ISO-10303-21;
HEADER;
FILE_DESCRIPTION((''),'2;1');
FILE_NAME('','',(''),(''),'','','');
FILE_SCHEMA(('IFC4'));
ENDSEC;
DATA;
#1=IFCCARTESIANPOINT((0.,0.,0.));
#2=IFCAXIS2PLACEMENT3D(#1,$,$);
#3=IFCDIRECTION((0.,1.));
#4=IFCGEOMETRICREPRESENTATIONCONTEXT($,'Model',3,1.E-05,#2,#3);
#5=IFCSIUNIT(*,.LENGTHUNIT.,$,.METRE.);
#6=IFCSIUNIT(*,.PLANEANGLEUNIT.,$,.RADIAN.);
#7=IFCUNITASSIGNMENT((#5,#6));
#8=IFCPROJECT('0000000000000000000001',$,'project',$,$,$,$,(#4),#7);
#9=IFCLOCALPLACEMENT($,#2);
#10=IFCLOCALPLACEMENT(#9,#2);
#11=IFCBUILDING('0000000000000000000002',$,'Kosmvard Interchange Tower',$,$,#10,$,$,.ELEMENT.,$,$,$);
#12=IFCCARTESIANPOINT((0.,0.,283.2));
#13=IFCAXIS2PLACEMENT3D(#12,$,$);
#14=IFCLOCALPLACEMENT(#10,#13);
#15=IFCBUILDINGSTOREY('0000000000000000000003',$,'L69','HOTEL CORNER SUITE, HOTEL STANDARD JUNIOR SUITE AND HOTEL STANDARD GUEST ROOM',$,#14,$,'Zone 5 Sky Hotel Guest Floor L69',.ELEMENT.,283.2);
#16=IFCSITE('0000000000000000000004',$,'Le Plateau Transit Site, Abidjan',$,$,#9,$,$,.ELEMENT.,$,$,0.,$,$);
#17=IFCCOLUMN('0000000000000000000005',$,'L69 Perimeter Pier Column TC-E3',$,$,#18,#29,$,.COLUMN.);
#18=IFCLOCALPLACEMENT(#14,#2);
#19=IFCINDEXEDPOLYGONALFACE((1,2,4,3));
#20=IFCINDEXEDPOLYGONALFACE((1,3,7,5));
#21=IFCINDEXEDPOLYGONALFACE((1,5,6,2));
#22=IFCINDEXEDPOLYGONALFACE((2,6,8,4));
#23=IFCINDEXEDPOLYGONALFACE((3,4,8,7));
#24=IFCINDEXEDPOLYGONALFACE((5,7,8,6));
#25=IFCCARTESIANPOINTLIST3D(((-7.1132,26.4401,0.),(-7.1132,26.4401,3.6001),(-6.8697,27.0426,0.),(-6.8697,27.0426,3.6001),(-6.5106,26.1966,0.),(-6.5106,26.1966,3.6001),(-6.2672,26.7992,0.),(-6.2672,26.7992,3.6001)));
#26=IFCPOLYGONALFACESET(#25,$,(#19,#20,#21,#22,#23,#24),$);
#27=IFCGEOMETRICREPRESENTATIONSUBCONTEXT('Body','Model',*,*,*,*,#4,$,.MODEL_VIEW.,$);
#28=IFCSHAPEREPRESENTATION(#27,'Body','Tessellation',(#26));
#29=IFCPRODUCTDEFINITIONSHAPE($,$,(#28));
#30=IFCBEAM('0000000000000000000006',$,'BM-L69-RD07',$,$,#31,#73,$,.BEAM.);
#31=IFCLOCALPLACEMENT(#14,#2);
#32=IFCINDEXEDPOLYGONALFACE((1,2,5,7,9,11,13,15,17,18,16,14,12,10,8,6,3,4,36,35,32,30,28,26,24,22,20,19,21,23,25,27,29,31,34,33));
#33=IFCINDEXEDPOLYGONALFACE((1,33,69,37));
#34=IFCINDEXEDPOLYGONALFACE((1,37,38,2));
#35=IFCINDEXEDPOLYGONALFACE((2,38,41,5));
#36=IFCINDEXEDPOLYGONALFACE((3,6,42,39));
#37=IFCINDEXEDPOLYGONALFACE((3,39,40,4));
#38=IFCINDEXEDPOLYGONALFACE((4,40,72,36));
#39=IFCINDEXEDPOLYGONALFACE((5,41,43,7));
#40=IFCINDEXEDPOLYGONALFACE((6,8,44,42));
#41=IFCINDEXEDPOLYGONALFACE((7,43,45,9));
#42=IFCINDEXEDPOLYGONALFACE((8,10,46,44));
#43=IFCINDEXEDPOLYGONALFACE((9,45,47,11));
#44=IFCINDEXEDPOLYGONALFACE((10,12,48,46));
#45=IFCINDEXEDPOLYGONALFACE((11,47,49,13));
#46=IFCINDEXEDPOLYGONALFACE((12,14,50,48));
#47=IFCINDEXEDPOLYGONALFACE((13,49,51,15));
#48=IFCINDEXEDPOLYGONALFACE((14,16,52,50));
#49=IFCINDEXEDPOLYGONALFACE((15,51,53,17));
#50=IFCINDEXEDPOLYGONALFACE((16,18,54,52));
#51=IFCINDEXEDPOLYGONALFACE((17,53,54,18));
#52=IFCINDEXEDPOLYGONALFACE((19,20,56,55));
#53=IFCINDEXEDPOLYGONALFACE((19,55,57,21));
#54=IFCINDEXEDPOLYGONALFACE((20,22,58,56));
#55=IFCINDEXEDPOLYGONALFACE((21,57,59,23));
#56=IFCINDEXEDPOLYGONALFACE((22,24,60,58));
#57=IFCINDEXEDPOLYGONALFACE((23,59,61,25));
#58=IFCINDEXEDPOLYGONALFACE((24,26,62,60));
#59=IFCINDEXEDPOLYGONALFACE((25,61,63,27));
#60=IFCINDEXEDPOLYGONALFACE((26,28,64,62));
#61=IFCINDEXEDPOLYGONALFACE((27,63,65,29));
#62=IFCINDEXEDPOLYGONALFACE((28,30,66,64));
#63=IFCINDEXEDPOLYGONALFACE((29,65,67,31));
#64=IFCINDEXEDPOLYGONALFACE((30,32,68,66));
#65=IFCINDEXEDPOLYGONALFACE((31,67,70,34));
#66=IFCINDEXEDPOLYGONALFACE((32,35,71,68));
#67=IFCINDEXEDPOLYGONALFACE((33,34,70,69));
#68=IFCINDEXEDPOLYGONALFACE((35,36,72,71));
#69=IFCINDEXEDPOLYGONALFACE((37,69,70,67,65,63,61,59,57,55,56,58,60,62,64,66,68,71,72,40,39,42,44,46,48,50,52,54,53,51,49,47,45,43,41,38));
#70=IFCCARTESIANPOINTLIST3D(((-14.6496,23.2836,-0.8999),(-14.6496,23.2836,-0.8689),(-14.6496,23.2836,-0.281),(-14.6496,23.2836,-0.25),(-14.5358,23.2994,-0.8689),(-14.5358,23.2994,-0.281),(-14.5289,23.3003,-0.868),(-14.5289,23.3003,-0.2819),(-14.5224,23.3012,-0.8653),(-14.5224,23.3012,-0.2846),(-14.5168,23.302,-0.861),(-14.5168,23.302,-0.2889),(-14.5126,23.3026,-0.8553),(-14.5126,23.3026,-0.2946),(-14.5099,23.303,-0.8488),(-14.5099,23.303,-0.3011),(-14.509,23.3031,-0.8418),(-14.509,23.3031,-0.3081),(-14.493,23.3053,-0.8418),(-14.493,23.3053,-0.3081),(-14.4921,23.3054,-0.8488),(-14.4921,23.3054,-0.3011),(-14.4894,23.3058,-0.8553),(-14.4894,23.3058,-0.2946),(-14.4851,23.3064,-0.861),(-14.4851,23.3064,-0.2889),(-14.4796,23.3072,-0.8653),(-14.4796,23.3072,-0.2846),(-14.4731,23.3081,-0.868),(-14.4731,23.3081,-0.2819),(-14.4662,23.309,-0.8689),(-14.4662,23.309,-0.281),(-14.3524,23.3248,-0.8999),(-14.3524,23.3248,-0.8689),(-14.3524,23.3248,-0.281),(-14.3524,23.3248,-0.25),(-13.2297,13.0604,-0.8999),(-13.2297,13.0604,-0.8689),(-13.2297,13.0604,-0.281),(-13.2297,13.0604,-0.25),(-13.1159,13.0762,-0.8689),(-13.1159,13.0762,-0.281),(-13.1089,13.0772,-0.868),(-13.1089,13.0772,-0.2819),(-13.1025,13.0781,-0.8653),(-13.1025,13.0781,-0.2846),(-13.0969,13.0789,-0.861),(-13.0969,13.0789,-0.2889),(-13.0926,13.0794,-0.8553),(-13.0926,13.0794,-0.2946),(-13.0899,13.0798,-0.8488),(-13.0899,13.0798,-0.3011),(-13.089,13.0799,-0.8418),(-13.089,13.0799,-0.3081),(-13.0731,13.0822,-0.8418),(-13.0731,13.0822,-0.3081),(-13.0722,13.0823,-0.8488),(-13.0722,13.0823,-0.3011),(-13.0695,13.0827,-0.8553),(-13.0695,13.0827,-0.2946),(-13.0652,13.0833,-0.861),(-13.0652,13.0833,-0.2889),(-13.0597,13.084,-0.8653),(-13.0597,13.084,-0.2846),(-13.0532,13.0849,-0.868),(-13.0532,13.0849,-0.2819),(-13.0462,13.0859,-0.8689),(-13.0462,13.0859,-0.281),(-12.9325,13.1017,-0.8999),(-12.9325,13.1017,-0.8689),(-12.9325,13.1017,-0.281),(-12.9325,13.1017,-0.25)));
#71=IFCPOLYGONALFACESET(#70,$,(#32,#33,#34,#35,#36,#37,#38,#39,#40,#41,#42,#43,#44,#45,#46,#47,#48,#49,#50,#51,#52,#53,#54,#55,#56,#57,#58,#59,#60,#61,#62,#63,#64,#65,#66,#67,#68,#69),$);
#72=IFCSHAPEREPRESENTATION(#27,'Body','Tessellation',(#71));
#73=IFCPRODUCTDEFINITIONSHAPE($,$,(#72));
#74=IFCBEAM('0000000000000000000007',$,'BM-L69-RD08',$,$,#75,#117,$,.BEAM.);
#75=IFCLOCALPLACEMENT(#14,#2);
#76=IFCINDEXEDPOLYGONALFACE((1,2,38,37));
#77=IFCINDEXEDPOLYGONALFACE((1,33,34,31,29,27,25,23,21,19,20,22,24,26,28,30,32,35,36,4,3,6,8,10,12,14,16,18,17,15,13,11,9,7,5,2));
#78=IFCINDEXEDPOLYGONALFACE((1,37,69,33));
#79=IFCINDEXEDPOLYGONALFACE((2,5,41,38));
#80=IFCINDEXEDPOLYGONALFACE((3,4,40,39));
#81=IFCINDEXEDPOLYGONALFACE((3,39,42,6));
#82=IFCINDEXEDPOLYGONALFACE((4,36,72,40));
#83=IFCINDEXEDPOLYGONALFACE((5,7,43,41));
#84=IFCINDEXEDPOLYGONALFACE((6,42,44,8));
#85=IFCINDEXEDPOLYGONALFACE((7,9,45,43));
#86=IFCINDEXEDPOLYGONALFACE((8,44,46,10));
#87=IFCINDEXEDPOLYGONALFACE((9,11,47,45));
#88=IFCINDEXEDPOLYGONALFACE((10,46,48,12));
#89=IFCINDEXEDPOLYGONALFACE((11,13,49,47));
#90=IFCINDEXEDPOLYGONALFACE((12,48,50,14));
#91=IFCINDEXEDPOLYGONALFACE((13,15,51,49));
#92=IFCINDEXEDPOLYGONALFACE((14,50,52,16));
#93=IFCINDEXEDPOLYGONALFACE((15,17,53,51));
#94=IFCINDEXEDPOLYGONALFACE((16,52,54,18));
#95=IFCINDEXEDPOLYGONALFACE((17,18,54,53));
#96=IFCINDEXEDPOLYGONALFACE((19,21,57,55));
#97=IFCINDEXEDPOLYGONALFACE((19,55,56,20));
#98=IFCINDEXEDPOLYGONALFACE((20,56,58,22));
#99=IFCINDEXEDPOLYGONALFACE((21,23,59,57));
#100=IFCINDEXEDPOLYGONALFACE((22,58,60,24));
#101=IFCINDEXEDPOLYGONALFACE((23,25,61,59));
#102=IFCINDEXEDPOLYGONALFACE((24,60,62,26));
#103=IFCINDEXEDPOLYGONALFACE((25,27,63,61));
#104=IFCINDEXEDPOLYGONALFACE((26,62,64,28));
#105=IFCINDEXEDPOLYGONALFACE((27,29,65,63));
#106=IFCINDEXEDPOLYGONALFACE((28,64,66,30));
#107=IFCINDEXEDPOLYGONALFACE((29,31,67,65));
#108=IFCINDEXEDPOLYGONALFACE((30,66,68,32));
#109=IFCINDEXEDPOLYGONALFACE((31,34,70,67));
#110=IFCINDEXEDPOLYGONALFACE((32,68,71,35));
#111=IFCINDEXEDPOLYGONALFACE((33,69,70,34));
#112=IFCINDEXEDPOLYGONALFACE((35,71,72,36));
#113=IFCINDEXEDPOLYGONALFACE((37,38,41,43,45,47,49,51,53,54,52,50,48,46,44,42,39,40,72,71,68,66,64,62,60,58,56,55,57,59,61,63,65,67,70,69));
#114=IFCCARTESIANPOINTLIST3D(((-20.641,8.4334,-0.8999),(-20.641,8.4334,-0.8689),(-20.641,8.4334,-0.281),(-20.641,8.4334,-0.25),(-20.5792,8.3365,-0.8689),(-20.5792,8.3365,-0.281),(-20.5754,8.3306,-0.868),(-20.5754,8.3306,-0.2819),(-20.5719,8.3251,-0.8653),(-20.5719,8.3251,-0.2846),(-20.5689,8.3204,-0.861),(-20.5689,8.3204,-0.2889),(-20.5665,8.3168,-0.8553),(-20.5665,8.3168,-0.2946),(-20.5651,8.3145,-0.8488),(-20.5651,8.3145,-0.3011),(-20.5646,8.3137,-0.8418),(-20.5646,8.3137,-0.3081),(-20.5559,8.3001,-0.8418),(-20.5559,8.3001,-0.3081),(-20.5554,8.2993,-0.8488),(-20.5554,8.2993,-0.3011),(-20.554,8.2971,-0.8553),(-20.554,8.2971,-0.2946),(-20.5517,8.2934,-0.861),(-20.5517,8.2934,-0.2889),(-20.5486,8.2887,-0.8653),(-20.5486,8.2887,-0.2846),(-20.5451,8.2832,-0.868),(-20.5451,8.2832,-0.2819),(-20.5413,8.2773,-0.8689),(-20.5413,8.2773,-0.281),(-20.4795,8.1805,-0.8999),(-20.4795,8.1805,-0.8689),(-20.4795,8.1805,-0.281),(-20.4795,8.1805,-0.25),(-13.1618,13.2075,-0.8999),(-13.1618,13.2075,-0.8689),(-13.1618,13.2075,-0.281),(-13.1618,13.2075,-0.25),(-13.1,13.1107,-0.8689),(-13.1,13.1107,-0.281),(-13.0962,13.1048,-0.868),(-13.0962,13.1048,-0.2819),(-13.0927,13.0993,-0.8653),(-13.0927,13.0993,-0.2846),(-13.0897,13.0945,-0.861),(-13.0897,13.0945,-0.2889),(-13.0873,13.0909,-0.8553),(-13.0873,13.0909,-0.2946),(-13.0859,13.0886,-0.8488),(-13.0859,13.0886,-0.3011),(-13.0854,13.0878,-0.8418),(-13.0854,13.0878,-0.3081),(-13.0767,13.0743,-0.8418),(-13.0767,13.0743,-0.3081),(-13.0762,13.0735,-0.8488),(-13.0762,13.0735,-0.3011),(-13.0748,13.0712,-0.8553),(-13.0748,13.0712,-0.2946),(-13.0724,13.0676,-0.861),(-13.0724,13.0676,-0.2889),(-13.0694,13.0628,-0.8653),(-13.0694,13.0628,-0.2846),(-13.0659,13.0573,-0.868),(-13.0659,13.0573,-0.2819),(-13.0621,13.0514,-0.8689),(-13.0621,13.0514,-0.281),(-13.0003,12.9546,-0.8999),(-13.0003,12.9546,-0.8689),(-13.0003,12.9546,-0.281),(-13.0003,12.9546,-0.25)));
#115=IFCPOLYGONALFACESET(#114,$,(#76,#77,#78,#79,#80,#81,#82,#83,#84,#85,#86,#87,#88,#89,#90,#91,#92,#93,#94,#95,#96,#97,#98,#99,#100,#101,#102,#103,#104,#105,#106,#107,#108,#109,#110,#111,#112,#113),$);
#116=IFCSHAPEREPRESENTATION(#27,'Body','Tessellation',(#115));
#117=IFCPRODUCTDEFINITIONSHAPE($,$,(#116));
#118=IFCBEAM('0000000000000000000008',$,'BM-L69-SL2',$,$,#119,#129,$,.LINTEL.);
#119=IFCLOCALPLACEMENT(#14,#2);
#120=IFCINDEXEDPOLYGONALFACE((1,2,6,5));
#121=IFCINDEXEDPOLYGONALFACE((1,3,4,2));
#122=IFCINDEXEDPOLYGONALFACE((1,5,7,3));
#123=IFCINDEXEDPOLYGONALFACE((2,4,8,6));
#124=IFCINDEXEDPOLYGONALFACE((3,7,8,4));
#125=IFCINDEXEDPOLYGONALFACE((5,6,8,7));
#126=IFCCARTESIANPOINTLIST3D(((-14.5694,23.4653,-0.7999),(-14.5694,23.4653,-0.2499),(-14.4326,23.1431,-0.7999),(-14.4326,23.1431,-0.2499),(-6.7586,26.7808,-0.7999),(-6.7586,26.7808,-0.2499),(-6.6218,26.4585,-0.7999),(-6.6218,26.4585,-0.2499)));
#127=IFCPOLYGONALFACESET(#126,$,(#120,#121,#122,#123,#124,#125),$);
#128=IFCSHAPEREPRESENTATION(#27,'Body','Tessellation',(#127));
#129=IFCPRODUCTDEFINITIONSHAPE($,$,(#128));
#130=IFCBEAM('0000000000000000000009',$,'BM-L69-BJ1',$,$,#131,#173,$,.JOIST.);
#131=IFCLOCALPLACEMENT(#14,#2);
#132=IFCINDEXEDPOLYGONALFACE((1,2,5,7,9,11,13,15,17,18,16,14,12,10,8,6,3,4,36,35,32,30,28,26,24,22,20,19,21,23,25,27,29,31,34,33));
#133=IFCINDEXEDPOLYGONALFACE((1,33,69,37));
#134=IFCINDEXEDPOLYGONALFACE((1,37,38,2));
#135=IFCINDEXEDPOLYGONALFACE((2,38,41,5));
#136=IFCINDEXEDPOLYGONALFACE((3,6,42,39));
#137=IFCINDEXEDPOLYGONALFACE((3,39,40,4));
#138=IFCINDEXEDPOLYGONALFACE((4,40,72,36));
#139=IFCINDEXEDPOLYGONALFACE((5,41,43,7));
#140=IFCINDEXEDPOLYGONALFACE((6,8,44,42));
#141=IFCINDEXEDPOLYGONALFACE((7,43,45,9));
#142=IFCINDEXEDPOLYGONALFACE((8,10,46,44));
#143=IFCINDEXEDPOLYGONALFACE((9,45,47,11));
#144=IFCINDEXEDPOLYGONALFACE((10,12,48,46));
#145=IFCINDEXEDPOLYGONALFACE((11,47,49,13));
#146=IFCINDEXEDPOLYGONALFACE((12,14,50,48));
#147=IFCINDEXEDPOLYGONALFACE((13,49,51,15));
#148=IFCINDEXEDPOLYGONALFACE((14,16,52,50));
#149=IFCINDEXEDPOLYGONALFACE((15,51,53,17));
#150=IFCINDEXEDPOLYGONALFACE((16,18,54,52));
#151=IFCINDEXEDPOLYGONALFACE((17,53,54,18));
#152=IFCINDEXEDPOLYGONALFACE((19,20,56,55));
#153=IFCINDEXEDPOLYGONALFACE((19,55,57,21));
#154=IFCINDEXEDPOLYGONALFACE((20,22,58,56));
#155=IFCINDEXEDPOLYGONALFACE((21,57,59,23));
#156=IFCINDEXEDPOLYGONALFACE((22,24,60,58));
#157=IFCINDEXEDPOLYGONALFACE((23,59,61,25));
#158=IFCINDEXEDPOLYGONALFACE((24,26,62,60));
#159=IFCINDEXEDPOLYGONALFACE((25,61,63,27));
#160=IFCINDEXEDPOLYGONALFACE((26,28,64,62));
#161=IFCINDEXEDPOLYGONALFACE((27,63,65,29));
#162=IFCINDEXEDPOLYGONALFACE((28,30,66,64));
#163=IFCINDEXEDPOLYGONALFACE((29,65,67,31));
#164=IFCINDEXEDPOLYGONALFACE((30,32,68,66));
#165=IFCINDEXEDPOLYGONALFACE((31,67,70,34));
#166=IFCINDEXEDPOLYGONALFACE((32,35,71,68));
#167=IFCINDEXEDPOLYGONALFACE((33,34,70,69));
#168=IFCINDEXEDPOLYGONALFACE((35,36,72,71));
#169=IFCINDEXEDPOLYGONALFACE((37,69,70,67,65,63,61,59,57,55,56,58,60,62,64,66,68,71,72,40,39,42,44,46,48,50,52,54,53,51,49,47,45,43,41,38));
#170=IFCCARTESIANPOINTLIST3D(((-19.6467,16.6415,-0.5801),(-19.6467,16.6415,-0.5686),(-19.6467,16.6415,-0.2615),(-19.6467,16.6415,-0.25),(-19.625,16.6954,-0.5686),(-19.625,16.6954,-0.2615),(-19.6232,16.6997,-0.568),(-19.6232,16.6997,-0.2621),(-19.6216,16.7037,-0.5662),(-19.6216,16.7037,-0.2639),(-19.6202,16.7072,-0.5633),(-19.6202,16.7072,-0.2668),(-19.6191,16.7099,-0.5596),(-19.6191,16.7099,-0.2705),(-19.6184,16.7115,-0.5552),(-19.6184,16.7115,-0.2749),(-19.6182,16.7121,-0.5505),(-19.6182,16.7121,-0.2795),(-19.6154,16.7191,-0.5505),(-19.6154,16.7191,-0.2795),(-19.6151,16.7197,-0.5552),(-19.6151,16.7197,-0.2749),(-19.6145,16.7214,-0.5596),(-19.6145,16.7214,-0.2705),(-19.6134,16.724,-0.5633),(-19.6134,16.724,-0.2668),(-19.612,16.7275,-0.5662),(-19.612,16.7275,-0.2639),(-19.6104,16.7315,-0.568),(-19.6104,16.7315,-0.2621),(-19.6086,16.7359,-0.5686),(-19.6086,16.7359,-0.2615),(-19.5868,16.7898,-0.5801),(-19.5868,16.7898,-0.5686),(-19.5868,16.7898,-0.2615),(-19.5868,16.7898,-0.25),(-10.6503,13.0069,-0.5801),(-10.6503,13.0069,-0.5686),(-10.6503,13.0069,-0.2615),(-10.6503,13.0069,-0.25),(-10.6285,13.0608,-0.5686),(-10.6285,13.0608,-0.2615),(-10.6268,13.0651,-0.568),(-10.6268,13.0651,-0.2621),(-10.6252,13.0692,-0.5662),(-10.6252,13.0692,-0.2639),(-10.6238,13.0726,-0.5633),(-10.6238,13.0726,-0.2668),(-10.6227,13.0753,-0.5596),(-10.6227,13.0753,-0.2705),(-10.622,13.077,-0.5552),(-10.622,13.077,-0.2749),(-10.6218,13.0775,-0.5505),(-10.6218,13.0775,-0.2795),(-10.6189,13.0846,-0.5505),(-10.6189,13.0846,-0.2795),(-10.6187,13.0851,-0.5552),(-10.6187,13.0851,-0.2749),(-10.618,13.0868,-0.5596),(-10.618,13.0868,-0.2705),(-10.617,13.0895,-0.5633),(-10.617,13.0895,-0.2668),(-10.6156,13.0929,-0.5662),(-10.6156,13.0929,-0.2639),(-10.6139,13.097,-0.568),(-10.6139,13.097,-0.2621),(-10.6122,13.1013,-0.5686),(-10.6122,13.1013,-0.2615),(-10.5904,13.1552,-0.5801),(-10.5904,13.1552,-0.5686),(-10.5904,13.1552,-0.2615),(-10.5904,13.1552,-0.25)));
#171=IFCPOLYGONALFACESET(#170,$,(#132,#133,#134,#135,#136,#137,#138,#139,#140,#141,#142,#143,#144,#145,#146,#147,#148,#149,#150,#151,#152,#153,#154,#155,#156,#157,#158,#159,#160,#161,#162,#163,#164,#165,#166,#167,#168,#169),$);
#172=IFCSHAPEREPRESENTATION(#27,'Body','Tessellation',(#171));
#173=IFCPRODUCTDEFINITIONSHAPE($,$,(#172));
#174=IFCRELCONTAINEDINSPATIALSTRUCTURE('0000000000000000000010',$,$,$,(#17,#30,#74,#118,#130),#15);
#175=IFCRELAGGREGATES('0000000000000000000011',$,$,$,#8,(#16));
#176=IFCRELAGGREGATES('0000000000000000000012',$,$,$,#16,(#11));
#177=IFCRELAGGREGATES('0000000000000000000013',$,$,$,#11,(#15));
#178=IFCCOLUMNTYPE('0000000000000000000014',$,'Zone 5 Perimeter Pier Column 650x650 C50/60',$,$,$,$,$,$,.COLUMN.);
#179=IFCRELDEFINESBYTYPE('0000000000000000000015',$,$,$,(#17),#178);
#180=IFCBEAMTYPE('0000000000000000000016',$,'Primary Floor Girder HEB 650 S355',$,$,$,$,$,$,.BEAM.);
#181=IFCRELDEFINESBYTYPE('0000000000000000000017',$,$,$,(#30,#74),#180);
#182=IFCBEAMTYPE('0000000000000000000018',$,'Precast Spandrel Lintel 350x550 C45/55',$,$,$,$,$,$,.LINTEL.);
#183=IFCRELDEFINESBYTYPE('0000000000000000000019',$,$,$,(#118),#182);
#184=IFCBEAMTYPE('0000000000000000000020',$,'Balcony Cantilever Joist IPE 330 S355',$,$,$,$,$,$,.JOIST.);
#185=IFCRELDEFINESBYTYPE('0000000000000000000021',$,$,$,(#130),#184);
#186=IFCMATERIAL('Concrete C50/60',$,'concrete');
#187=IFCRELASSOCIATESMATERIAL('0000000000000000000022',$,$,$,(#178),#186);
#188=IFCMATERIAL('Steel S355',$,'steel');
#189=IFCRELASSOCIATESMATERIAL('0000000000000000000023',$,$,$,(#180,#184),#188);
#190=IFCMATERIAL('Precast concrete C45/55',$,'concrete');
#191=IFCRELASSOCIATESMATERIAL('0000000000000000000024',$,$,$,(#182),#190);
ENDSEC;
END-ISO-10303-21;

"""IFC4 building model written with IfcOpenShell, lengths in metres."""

from ifc_helpers import new_model, si_unit, direction, frame, origin, origin_2d, place, context, subcontext, project, spatial, rectangle, i_section, extrude, source, transform, mapped, material, material_profile, profile_set, type_object, element, save


model = new_model("IFC4")

# Units and contexts
model_context = context("Model", 3, precision=1e-05, world=origin(), true_north=direction((0.0, 1.0)))
body_context = subcontext(model_context, "Body", "Model", "MODEL_VIEW")
ifc_project = project(units=[si_unit("LENGTHUNIT", "METRE"), si_unit("PLANEANGLEUNIT", "RADIAN")], contexts=[model_context])

# Site, building, storey
site_placement = place(None, origin())
site = spatial("IfcSite", under=ifc_project, at=site_placement, Name="Le Plateau Transit Site, Abidjan", CompositionType="ELEMENT", RefElevation=0.0)
building_placement = place(site_placement, origin())
building = spatial("IfcBuilding", under=site, at=building_placement, Name="Kosmvard Interchange Tower", CompositionType="ELEMENT")
storey_placement = place(building_placement, frame((0.0, 0.0, 283.2)))
storey = spatial("IfcBuildingStorey", under=building, at=storey_placement, Name="L69", Description="HOTEL CORNER SUITE, HOTEL STANDARD JUNIOR SUITE AND HOTEL STANDARD GUEST ROOM", LongName="Zone 5 Sky Hotel Guest Floor L69", CompositionType="ELEMENT", Elevation=283.2)

# Column
ifc_material_1 = material(Name="Concrete C50/60", Category="concrete")
ifc_material_profile_1 = material_profile(ifc_material_1, rectangle(XDim=0.6499, YDim=0.6499, at=origin_2d()), Name="TC 650x650")
ifc_profile_set_1 = profile_set([ifc_material_profile_1], Name="Concrete C50/60")
column_type = type_object("IfcColumnType", Name="Zone 5 Perimeter Pier Column 650x650 C50/60", PredefinedType="COLUMN", material=ifc_profile_set_1)
shared_shape_1 = source(origin(), body_context, "Body", "SweptSolid", [
    extrude(rectangle(XDim=0.6499, YDim=0.6499, at=origin_2d()), origin(), (0.0, 0.0, 1.0), 3.6001),
])
column_placement = place(storey_placement, frame((-6.6902, 26.6196, 0.0), z_axis=(0.0, 0.0, 1.0), x_axis=(0.374607, 0.927184, 0.0)))
element("IfcColumn", 1, at=column_placement, inside=storey, type_object=column_type, Name="L69 Perimeter Pier Column TC-E3", PredefinedType="COLUMN", context=body_context, shape_type="MappedRepresentation", body=[
    mapped(shared_shape_1, transform((0.0, 0.0, 0.0), scale=1.0)),
])

# Beams
ifc_material_2 = material(Name="Steel S355", Category="steel")
ifc_material_profile_2 = material_profile(ifc_material_2, i_section(OverallWidth=0.3, OverallDepth=0.6499, WebThickness=0.0161, FlangeThickness=0.031, FilletRadius=0.0271, at=origin_2d()), Name="HEB 650")
ifc_profile_set_2 = profile_set([ifc_material_profile_2], Name="Steel S355")
beam_type_1 = type_object("IfcBeamType", Name="Primary Floor Girder HEB 650 S355", PredefinedType="BEAM", material=ifc_profile_set_2)
shared_shape_2 = source(origin(), body_context, "Body", "SweptSolid", [
    extrude(i_section(OverallWidth=0.3, OverallDepth=0.6499, WebThickness=0.0161, FlangeThickness=0.031, FilletRadius=0.0271, at=origin_2d()), origin(), (0.0, 0.0, 1.0), 10.3213),
])
beam_1_placement = place(storey_placement, frame((-13.0811, 13.0811, -0.575), z_axis=(-0.137572, 0.990492, 0.0), x_axis=(-0.990492, -0.137572, 0.0)))
element("IfcBeam", 2, at=beam_1_placement, inside=storey, type_object=beam_type_1, Name="BM-L69-RD07", PredefinedType="BEAM", context=body_context, shape_type="MappedRepresentation", body=[
    mapped(shared_shape_2, transform((0.0, 0.0, 0.0), scale=1.0)),
])
shared_shape_3 = source(origin(), body_context, "Body", "SweptSolid", [
    extrude(i_section(OverallWidth=0.3, OverallDepth=0.6499, WebThickness=0.0161, FlangeThickness=0.031, FilletRadius=0.0271, at=origin_2d()), origin(), (0.0, 0.0, 1.0), 8.873),
])
beam_2_placement = place(storey_placement, frame((-13.0811, 13.0811, -0.575), z_axis=(-0.842913, -0.53805, 0.0), x_axis=(0.53805, -0.842913, 0.0)))
element("IfcBeam", 3, at=beam_2_placement, inside=storey, type_object=beam_type_1, Name="BM-L69-RD08", PredefinedType="BEAM", context=body_context, shape_type="MappedRepresentation", body=[
    mapped(shared_shape_3, transform((0.0, 0.0, 0.0), scale=1.0)),
])
ifc_material_3 = material(Name="Precast concrete C45/55", Category="concrete")
ifc_material_profile_3 = material_profile(ifc_material_3, rectangle(XDim=0.3501, YDim=0.55, at=origin_2d()), Name="SL 350x550")
ifc_profile_set_3 = profile_set([ifc_material_profile_3], Name="Precast concrete C45/55")
beam_type_2 = type_object("IfcBeamType", Name="Precast Spandrel Lintel 350x550 C45/55", PredefinedType="LINTEL", material=ifc_profile_set_3)
shared_shape_4 = source(origin(), body_context, "Body", "SweptSolid", [
    extrude(rectangle(XDim=0.3501, YDim=0.55, at=origin_2d()), origin(), (0.0, 0.0, 1.0), 8.4854),
])
beam_3_placement = place(storey_placement, frame((-6.6902, 26.6196, -0.5249), z_axis=(-0.920507, -0.390726, 0.0), x_axis=(0.390726, -0.920507, 0.0)))
element("IfcBeam", 4, at=beam_3_placement, inside=storey, type_object=beam_type_2, Name="BM-L69-SL2", PredefinedType="LINTEL", context=body_context, shape_type="MappedRepresentation", body=[
    mapped(shared_shape_4, transform((0.0, 0.0, 0.0), scale=1.0)),
])
ifc_material_profile_4 = material_profile(ifc_material_2, i_section(OverallWidth=0.1599, OverallDepth=0.3301, WebThickness=0.0076, FlangeThickness=0.0115, FilletRadius=0.0181, at=origin_2d()), Name="IPE 330")
ifc_profile_set_4 = profile_set([ifc_material_profile_4], Name="Steel S355")
beam_type_3 = type_object("IfcBeamType", Name="Balcony Cantilever Joist IPE 330 S355", PredefinedType="JOIST", material=ifc_profile_set_4)
shared_shape_5 = source(origin(), body_context, "Body", "SweptSolid", [
    extrude(i_section(OverallWidth=0.1599, OverallDepth=0.3301, WebThickness=0.0076, FlangeThickness=0.0115, FilletRadius=0.0181, at=origin_2d()), origin(), (0.0, 0.0, 1.0), 9.7029),
])
beam_4_placement = place(storey_placement, frame((-10.6204, 13.0811, -0.415), z_axis=(-0.927192, 0.374586, 0.0), x_axis=(-0.374586, -0.927192, 0.0)))
element("IfcBeam", 5, at=beam_4_placement, inside=storey, type_object=beam_type_3, Name="BM-L69-BJ1", PredefinedType="JOIST", context=body_context, shape_type="MappedRepresentation", body=[
    mapped(shared_shape_5, transform((0.0, 0.0, 0.0), scale=1.0)),
])

save(model, "model.ifc")
